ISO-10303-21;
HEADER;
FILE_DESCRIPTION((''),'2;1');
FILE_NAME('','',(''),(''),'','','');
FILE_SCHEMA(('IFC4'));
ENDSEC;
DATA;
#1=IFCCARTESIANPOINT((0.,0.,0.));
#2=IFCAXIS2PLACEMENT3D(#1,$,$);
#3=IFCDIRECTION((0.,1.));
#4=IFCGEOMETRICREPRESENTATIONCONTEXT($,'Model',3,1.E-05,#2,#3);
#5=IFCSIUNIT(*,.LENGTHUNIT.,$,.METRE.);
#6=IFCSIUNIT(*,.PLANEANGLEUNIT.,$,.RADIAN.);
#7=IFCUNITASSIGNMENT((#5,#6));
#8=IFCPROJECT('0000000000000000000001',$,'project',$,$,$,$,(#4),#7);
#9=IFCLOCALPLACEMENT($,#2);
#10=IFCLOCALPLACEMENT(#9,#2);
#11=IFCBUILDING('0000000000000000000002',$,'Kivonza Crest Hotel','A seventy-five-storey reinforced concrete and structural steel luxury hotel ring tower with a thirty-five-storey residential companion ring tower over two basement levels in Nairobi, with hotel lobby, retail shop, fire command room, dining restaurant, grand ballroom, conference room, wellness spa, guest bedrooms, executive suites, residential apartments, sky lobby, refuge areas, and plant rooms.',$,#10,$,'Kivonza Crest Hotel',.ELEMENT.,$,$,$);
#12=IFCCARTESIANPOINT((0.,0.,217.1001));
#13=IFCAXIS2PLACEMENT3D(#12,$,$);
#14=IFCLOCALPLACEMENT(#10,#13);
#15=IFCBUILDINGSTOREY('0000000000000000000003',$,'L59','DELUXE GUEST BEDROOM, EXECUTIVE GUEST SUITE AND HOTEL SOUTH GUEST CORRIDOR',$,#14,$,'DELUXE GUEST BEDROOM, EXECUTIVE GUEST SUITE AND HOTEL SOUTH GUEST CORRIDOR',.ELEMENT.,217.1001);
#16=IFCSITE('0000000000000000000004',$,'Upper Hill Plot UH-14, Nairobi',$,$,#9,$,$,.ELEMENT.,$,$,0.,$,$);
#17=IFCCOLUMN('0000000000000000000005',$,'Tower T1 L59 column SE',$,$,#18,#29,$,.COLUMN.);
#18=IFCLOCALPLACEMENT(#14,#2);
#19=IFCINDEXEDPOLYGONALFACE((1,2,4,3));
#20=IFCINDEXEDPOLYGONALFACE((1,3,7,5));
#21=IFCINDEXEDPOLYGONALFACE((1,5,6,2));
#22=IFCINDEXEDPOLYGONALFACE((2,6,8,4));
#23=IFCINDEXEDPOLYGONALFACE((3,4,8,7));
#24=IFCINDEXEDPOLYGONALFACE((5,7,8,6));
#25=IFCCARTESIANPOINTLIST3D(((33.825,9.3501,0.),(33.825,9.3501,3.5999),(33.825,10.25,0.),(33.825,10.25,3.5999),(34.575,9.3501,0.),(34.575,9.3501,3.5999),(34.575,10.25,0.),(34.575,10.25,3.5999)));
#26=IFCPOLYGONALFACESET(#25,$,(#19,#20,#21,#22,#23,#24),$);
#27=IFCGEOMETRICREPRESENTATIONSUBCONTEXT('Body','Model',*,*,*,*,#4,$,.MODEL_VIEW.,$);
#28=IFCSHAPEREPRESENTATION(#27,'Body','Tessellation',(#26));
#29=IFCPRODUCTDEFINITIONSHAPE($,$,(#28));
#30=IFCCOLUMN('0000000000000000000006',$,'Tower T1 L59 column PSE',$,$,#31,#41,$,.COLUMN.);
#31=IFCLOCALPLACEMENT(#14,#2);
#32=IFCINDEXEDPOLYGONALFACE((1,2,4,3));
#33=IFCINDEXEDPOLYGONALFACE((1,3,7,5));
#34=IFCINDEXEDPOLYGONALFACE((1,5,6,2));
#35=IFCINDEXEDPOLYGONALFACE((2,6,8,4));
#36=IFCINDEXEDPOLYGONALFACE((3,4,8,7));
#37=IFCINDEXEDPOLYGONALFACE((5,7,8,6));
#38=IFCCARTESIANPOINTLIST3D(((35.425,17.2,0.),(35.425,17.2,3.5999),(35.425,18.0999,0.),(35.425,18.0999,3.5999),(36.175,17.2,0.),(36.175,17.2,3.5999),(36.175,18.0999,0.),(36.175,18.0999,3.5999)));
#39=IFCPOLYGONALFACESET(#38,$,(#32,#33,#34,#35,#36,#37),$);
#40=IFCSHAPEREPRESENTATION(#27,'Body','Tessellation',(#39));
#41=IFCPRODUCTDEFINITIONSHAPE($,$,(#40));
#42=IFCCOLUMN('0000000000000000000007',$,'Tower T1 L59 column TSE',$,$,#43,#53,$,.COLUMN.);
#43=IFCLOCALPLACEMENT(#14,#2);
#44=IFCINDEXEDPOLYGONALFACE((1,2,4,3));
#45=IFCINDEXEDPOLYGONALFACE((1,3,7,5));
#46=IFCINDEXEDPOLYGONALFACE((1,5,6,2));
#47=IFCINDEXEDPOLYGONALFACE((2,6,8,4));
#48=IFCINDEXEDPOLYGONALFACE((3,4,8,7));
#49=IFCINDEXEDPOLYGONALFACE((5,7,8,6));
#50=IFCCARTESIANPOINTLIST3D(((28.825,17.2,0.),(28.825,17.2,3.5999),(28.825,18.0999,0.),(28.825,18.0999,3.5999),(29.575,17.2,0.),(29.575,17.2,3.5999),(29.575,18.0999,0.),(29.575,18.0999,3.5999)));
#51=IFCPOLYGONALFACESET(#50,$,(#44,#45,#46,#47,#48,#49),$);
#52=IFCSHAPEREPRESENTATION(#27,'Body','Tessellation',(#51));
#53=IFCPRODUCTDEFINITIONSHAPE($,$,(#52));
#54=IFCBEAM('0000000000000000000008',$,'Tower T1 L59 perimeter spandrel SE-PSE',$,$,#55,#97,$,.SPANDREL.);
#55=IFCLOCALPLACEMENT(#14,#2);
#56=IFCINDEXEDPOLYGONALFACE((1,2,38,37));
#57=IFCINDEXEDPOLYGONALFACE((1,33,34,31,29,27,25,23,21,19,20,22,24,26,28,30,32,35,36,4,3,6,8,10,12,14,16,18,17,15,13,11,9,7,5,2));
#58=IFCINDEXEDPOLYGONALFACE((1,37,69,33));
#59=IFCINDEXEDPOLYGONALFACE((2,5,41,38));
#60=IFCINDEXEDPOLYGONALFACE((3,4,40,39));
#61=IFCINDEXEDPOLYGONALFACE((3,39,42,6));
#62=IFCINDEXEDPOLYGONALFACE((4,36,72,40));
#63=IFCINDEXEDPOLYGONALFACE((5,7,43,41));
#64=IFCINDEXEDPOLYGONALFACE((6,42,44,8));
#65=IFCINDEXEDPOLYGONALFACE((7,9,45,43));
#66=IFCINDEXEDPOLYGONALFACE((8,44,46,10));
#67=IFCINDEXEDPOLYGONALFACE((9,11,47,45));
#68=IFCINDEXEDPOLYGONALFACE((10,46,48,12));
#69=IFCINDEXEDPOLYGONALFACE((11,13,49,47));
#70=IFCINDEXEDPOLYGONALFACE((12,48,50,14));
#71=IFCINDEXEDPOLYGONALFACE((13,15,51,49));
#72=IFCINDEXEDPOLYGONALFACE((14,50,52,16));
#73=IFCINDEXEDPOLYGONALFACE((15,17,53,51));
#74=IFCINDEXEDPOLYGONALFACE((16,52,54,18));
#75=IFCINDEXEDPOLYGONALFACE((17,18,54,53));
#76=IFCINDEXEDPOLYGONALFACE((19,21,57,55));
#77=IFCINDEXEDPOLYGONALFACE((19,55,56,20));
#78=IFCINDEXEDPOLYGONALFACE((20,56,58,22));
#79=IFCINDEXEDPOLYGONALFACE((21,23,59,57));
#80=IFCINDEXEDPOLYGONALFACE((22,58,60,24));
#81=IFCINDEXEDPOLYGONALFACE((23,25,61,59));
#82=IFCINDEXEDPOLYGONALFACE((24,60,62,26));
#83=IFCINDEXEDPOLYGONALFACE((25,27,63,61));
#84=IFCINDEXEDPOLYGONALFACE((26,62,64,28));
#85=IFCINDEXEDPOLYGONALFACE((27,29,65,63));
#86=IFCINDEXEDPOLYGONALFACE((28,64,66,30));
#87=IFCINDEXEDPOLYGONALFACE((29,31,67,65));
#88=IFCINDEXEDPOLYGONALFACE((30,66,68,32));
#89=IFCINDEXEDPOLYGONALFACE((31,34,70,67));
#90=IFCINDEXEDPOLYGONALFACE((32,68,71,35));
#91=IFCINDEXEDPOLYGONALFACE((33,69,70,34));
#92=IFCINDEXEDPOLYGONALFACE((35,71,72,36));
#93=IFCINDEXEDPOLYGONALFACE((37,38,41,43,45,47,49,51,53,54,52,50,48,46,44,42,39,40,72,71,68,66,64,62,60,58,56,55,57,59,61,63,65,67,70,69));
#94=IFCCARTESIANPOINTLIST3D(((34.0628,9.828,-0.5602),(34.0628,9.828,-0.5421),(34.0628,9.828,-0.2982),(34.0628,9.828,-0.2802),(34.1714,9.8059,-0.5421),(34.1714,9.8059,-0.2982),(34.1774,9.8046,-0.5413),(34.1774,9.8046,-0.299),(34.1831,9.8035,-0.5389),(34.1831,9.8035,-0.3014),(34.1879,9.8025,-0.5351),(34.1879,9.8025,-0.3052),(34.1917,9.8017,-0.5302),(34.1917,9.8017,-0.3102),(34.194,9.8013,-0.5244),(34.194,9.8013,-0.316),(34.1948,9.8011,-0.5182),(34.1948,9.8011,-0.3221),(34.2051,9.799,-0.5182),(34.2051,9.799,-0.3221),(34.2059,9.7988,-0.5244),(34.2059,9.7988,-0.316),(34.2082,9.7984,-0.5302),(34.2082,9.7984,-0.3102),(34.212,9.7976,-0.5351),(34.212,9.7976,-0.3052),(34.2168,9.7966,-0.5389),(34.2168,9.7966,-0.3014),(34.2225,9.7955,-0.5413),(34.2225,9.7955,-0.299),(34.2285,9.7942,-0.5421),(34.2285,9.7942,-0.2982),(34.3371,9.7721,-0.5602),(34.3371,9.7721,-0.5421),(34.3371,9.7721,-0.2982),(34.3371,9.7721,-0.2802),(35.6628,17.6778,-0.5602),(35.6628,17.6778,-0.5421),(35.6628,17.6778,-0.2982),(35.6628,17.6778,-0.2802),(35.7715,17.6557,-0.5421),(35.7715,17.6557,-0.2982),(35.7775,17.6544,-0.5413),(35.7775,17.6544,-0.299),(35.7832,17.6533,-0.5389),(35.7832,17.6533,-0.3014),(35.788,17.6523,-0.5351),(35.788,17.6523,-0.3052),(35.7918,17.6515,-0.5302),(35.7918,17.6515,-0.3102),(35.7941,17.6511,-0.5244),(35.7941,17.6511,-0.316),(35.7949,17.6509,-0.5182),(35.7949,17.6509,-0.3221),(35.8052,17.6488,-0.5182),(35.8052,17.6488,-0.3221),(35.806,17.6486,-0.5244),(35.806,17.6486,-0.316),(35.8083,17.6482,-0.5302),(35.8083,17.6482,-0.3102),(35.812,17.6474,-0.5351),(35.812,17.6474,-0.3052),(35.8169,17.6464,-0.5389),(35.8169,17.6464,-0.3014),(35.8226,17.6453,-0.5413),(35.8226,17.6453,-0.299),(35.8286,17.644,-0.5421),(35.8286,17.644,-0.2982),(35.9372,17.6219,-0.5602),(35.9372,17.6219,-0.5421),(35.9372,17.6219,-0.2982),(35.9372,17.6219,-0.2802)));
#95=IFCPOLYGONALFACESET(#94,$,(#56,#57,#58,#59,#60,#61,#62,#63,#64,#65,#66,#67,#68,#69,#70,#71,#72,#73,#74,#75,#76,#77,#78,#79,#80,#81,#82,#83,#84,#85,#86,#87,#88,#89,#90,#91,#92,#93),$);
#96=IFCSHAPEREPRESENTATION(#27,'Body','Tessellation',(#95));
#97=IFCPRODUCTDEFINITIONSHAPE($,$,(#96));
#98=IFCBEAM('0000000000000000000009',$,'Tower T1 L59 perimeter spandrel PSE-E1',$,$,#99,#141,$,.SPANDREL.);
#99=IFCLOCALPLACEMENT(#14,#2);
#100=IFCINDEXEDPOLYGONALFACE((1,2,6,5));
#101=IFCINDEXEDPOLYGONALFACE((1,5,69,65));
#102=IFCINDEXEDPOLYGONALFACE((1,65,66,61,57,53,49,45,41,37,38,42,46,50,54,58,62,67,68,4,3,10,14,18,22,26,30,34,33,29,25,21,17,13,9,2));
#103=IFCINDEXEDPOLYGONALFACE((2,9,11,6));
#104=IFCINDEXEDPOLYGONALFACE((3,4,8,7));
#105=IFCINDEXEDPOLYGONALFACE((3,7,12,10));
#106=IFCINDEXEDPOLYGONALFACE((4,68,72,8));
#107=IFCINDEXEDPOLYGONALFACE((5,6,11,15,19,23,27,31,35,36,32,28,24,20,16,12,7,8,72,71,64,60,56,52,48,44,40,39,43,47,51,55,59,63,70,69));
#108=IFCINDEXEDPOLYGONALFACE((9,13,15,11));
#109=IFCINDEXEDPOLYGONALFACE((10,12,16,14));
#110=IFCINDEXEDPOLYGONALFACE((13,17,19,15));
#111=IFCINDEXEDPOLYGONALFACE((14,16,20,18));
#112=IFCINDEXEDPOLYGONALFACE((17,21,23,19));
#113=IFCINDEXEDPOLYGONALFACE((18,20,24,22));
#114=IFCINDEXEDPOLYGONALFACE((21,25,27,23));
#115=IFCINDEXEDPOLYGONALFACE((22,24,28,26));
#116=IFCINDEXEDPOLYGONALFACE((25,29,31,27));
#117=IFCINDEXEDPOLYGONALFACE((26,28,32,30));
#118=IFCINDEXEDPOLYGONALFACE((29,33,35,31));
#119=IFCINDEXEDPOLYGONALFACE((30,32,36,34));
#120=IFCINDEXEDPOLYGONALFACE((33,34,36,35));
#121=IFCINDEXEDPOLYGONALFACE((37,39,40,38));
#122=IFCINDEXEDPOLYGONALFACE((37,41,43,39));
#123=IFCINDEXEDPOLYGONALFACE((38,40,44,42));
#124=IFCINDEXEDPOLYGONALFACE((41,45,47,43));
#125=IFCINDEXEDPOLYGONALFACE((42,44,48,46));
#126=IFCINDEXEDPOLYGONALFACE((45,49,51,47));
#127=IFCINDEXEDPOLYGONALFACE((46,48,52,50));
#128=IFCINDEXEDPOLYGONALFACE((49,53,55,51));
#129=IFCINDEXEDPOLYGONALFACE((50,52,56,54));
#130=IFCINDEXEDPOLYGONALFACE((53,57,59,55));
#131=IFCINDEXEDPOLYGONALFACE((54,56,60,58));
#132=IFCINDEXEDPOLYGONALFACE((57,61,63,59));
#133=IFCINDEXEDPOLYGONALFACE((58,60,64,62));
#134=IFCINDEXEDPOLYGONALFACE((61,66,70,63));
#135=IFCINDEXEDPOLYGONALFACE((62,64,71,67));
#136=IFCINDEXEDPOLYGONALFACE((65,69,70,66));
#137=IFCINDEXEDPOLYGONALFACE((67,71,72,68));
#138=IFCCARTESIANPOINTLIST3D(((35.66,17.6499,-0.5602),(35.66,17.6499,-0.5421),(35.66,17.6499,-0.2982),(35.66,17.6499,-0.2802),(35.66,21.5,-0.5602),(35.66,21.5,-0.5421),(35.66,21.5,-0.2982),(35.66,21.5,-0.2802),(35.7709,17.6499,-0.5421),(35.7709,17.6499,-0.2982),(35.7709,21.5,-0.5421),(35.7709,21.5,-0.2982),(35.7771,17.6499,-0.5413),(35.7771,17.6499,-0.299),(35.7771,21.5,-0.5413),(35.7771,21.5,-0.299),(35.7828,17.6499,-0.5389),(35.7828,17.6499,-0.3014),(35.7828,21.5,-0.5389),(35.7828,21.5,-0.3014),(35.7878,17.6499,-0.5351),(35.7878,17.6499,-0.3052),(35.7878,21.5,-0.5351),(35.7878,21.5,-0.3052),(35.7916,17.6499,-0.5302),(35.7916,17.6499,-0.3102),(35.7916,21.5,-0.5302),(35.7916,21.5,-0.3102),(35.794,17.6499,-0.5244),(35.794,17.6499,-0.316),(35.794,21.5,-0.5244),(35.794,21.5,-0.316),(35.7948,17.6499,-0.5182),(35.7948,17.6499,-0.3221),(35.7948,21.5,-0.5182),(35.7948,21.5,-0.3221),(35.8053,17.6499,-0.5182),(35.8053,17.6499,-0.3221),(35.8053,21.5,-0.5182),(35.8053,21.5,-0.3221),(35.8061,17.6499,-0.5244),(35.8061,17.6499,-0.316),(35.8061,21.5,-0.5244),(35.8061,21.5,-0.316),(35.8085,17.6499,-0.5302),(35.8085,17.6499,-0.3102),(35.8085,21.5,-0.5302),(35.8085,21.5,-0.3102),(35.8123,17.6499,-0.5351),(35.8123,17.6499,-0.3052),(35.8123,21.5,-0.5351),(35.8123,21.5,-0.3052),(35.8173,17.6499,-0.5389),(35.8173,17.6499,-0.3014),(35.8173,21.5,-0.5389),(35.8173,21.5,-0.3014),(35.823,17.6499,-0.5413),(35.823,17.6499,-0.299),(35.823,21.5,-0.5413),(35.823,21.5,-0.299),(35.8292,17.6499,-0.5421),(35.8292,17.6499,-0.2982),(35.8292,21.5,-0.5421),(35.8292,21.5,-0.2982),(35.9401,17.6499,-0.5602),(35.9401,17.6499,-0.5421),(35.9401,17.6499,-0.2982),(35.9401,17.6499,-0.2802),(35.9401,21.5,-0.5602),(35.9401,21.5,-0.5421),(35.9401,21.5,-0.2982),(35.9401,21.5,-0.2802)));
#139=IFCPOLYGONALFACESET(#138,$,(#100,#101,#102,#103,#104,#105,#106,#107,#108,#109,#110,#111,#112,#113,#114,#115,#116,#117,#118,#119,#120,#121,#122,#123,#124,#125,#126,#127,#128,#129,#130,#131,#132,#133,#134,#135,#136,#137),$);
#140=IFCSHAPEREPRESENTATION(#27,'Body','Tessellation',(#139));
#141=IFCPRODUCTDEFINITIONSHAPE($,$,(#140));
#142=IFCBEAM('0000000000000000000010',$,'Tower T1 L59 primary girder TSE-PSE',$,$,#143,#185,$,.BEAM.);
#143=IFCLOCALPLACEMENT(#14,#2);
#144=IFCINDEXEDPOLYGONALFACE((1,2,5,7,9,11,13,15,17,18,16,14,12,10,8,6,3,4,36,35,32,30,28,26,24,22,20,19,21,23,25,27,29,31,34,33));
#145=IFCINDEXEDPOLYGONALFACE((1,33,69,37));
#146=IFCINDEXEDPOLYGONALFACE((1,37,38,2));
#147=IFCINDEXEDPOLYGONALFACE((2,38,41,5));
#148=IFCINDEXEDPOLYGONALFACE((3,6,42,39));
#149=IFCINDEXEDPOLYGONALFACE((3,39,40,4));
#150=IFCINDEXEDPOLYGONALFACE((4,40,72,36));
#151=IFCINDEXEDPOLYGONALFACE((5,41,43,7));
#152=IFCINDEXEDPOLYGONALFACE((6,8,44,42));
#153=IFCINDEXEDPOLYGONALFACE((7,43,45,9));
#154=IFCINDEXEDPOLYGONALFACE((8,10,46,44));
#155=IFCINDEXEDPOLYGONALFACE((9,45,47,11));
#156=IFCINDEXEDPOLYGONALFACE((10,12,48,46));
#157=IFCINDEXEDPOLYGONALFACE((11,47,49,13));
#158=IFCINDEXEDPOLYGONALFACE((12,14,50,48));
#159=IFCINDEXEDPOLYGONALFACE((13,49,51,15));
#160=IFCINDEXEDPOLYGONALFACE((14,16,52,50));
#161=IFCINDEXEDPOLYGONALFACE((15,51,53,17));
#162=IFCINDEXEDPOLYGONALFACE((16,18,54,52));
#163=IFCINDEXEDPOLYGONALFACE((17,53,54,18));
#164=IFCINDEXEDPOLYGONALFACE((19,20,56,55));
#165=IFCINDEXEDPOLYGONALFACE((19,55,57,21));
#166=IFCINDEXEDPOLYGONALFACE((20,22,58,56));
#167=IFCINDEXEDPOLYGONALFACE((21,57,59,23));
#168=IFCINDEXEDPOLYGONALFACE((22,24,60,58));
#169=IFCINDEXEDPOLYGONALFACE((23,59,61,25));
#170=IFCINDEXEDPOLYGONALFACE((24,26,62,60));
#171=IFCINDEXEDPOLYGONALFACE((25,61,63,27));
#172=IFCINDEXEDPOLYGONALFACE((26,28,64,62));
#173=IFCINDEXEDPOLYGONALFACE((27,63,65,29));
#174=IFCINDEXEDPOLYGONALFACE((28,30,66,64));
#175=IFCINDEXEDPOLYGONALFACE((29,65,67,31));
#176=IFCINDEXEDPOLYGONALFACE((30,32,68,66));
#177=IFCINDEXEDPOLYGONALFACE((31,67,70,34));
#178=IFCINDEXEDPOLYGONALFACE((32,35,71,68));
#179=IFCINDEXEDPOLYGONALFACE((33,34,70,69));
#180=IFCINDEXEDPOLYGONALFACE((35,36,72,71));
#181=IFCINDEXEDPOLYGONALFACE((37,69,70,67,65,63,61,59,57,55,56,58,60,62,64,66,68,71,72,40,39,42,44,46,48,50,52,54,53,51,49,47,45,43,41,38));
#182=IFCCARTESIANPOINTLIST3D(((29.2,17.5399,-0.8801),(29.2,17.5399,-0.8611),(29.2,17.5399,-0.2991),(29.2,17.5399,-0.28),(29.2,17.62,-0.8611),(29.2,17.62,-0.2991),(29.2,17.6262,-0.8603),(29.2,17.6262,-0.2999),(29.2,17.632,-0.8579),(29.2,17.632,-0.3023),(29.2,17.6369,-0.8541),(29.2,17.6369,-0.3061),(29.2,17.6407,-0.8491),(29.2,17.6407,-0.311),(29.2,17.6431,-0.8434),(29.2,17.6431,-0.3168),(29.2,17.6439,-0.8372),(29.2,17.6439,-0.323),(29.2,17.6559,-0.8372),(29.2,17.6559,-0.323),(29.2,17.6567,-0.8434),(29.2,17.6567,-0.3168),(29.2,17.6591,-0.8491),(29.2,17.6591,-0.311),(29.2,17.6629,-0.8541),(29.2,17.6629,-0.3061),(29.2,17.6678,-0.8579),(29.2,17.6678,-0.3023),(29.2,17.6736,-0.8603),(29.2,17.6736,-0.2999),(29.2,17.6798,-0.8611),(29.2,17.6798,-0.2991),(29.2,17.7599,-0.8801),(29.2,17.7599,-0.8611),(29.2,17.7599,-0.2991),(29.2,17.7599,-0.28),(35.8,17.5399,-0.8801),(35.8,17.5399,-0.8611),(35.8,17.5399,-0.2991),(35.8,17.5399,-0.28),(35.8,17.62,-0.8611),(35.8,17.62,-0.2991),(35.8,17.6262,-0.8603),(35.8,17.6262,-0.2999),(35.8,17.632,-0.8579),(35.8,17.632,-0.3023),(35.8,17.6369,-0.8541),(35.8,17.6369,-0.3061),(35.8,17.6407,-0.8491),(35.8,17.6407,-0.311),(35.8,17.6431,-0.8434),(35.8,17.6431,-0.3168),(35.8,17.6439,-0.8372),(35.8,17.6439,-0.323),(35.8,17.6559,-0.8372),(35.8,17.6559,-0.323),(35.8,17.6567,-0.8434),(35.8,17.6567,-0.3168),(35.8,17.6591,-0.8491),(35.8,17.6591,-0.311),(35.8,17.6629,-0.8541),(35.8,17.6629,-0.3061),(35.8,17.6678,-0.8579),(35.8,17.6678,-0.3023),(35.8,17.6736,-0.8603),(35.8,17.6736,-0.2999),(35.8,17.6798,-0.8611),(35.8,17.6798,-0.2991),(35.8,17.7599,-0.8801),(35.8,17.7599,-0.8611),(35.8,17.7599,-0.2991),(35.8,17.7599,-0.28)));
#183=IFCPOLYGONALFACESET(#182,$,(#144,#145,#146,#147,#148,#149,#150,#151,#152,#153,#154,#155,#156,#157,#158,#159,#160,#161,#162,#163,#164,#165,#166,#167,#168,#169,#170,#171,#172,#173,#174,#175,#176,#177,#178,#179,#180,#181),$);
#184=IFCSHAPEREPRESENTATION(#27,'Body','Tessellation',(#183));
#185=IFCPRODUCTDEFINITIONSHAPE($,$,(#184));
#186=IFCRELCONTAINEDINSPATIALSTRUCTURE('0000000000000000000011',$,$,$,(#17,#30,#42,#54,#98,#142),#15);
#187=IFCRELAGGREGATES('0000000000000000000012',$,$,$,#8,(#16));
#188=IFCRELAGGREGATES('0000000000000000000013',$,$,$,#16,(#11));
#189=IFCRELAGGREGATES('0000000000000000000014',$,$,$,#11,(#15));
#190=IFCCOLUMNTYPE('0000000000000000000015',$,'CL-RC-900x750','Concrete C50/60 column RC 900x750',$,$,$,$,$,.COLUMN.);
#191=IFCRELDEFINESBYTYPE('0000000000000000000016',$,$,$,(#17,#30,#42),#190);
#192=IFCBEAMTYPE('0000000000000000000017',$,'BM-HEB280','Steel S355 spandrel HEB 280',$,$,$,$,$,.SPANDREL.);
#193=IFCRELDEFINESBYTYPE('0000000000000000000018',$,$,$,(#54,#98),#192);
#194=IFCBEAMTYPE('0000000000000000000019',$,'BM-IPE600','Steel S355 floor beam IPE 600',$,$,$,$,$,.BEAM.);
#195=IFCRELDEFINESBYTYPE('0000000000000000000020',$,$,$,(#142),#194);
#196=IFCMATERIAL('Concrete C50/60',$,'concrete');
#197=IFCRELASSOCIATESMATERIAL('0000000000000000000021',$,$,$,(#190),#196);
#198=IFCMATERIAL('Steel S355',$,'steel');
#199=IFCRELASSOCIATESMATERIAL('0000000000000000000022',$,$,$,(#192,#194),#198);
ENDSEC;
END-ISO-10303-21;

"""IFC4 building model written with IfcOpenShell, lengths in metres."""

from ifc_helpers import new_model, si_unit, direction, frame, origin, origin_2d, place, context, subcontext, project, spatial, rectangle, i_section, extrude, material, material_profile, profile_set, type_object, element, save


model = new_model("IFC4")

# Units and contexts
model_context = context("Model", 3, precision=1e-05, world=origin(), true_north=direction((0.0, 1.0)))
body_context = subcontext(model_context, "Body", "Model", "MODEL_VIEW")
ifc_project = project(units=[si_unit("LENGTHUNIT", "METRE"), si_unit("PLANEANGLEUNIT", "RADIAN")], contexts=[model_context])

# Site, building, storey
site_placement = place(None, origin())
site = spatial("IfcSite", under=ifc_project, at=site_placement, Name="Upper Hill Plot UH-14, Nairobi", CompositionType="ELEMENT", RefElevation=0.0)
building_placement = place(site_placement, origin())
building = spatial("IfcBuilding", under=site, at=building_placement, Name="Kivonza Crest Hotel", Description="A seventy-five-storey reinforced concrete and structural steel luxury hotel ring tower with a thirty-five-storey residential companion ring tower over two basement levels in Nairobi, with hotel lobby, retail shop, fire command room, dining restaurant, grand ballroom, conference room, wellness spa, guest bedrooms, executive suites, residential apartments, sky lobby, refuge areas, and plant rooms.", LongName="Kivonza Crest Hotel", CompositionType="ELEMENT")
storey_placement = place(building_placement, frame((0.0, 0.0, 217.1001)))
storey = spatial("IfcBuildingStorey", under=building, at=storey_placement, Name="L59", Description="DELUXE GUEST BEDROOM, EXECUTIVE GUEST SUITE AND HOTEL SOUTH GUEST CORRIDOR", LongName="DELUXE GUEST BEDROOM, EXECUTIVE GUEST SUITE AND HOTEL SOUTH GUEST CORRIDOR", CompositionType="ELEMENT", Elevation=217.1001)

# Columns
ifc_material_1 = material(Name="Concrete C50/60", Category="concrete")
ifc_material_profile_1 = material_profile(ifc_material_1, rectangle(XDim=0.75, YDim=0.8999, at=origin_2d()), Name="RC 900x750")
ifc_profile_set_1 = profile_set([ifc_material_profile_1], Name="Concrete C50/60")
column_type = type_object("IfcColumnType", Name="CL-RC-900x750", Description="Concrete C50/60 column RC 900x750", PredefinedType="COLUMN", material=ifc_profile_set_1)
for number, where, z_axis, x_axis, name in (
    (1, (34.2, 9.8, 0.0), (0.0, 0.0, 1.0), (1.0, 0.0, 0.0), "Tower T1 L59 column SE"),
    (2, (35.8, 17.6499, 0.0), (0.0, 0.0, 1.0), (1.0, 0.0, 0.0), "Tower T1 L59 column PSE"),
    (3, (29.2, 17.6499, 0.0), (0.0, 0.0, 1.0), (1.0, 0.0, 0.0), "Tower T1 L59 column TSE"),
):
    element("IfcColumn", number, at=place(storey_placement, frame(where, z_axis=z_axis, x_axis=x_axis)), inside=storey, type_object=column_type, Name=name, PredefinedType="COLUMN", context=body_context, shape_type="SweptSolid", body=[
        extrude(rectangle(XDim=0.75, YDim=0.8999, at=origin_2d()), origin(), (0.0, 0.0, 1.0), 3.5999),
    ])

# Beams
ifc_material_2 = material(Name="Steel S355", Category="steel")
ifc_material_profile_2 = material_profile(ifc_material_2, i_section(OverallWidth=0.28, OverallDepth=0.28, WebThickness=0.0105, FlangeThickness=0.0181, FilletRadius=0.0239, at=origin_2d()), Name="HEB 280")
ifc_profile_set_2 = profile_set([ifc_material_profile_2], Name="Steel S355")
beam_type_1 = type_object("IfcBeamType", Name="BM-HEB280", Description="Steel S355 spandrel HEB 280", PredefinedType="SPANDREL", material=ifc_profile_set_2)
beam_1_placement = place(storey_placement, frame((34.2, 9.8, -0.4202), z_axis=(0.199731, 0.979851, 0.0), x_axis=(-0.979851, 0.199731, 0.0)))
element("IfcBeam", 4, at=beam_1_placement, inside=storey, type_object=beam_type_1, Name="Tower T1 L59 perimeter spandrel SE-PSE", PredefinedType="SPANDREL", context=body_context, shape_type="SweptSolid", body=[
    extrude(i_section(OverallWidth=0.28, OverallDepth=0.28, WebThickness=0.0105, FlangeThickness=0.0181, FilletRadius=0.0239, at=origin_2d()), origin(), (0.0, 0.0, 1.0), 8.0112),
])
beam_2_placement = place(storey_placement, frame((35.8, 17.6499, -0.4202), z_axis=(0.0, 1.0, 0.0), x_axis=(-1.0, 0.0, 0.0)))
element("IfcBeam", 5, at=beam_2_placement, inside=storey, type_object=beam_type_1, Name="Tower T1 L59 perimeter spandrel PSE-E1", PredefinedType="SPANDREL", context=body_context, shape_type="SweptSolid", body=[
    extrude(i_section(OverallWidth=0.28, OverallDepth=0.28, WebThickness=0.0105, FlangeThickness=0.0181, FilletRadius=0.0239, at=origin_2d()), origin(), (0.0, 0.0, 1.0), 3.8501),
])
ifc_material_profile_3 = material_profile(ifc_material_2, i_section(OverallWidth=0.22, OverallDepth=0.6001, WebThickness=0.012, FlangeThickness=0.019, FilletRadius=0.0239, at=origin_2d()), Name="IPE 600")
ifc_profile_set_3 = profile_set([ifc_material_profile_3], Name="Steel S355")
beam_type_2 = type_object("IfcBeamType", Name="BM-IPE600", Description="Steel S355 floor beam IPE 600", PredefinedType="BEAM", material=ifc_profile_set_3)
beam_3_placement = place(storey_placement, frame((29.2, 17.6499, -0.5801), z_axis=(1.0, 0.0, 0.0), x_axis=(0.0, 1.0, 0.0)))
element("IfcBeam", 6, at=beam_3_placement, inside=storey, type_object=beam_type_2, Name="Tower T1 L59 primary girder TSE-PSE", PredefinedType="BEAM", context=body_context, shape_type="SweptSolid", body=[
    extrude(i_section(OverallWidth=0.22, OverallDepth=0.6001, WebThickness=0.012, FlangeThickness=0.019, FilletRadius=0.0239, at=origin_2d()), origin(), (0.0, 0.0, 1.0), 6.6001),
])

save(model, "model.ifc")
